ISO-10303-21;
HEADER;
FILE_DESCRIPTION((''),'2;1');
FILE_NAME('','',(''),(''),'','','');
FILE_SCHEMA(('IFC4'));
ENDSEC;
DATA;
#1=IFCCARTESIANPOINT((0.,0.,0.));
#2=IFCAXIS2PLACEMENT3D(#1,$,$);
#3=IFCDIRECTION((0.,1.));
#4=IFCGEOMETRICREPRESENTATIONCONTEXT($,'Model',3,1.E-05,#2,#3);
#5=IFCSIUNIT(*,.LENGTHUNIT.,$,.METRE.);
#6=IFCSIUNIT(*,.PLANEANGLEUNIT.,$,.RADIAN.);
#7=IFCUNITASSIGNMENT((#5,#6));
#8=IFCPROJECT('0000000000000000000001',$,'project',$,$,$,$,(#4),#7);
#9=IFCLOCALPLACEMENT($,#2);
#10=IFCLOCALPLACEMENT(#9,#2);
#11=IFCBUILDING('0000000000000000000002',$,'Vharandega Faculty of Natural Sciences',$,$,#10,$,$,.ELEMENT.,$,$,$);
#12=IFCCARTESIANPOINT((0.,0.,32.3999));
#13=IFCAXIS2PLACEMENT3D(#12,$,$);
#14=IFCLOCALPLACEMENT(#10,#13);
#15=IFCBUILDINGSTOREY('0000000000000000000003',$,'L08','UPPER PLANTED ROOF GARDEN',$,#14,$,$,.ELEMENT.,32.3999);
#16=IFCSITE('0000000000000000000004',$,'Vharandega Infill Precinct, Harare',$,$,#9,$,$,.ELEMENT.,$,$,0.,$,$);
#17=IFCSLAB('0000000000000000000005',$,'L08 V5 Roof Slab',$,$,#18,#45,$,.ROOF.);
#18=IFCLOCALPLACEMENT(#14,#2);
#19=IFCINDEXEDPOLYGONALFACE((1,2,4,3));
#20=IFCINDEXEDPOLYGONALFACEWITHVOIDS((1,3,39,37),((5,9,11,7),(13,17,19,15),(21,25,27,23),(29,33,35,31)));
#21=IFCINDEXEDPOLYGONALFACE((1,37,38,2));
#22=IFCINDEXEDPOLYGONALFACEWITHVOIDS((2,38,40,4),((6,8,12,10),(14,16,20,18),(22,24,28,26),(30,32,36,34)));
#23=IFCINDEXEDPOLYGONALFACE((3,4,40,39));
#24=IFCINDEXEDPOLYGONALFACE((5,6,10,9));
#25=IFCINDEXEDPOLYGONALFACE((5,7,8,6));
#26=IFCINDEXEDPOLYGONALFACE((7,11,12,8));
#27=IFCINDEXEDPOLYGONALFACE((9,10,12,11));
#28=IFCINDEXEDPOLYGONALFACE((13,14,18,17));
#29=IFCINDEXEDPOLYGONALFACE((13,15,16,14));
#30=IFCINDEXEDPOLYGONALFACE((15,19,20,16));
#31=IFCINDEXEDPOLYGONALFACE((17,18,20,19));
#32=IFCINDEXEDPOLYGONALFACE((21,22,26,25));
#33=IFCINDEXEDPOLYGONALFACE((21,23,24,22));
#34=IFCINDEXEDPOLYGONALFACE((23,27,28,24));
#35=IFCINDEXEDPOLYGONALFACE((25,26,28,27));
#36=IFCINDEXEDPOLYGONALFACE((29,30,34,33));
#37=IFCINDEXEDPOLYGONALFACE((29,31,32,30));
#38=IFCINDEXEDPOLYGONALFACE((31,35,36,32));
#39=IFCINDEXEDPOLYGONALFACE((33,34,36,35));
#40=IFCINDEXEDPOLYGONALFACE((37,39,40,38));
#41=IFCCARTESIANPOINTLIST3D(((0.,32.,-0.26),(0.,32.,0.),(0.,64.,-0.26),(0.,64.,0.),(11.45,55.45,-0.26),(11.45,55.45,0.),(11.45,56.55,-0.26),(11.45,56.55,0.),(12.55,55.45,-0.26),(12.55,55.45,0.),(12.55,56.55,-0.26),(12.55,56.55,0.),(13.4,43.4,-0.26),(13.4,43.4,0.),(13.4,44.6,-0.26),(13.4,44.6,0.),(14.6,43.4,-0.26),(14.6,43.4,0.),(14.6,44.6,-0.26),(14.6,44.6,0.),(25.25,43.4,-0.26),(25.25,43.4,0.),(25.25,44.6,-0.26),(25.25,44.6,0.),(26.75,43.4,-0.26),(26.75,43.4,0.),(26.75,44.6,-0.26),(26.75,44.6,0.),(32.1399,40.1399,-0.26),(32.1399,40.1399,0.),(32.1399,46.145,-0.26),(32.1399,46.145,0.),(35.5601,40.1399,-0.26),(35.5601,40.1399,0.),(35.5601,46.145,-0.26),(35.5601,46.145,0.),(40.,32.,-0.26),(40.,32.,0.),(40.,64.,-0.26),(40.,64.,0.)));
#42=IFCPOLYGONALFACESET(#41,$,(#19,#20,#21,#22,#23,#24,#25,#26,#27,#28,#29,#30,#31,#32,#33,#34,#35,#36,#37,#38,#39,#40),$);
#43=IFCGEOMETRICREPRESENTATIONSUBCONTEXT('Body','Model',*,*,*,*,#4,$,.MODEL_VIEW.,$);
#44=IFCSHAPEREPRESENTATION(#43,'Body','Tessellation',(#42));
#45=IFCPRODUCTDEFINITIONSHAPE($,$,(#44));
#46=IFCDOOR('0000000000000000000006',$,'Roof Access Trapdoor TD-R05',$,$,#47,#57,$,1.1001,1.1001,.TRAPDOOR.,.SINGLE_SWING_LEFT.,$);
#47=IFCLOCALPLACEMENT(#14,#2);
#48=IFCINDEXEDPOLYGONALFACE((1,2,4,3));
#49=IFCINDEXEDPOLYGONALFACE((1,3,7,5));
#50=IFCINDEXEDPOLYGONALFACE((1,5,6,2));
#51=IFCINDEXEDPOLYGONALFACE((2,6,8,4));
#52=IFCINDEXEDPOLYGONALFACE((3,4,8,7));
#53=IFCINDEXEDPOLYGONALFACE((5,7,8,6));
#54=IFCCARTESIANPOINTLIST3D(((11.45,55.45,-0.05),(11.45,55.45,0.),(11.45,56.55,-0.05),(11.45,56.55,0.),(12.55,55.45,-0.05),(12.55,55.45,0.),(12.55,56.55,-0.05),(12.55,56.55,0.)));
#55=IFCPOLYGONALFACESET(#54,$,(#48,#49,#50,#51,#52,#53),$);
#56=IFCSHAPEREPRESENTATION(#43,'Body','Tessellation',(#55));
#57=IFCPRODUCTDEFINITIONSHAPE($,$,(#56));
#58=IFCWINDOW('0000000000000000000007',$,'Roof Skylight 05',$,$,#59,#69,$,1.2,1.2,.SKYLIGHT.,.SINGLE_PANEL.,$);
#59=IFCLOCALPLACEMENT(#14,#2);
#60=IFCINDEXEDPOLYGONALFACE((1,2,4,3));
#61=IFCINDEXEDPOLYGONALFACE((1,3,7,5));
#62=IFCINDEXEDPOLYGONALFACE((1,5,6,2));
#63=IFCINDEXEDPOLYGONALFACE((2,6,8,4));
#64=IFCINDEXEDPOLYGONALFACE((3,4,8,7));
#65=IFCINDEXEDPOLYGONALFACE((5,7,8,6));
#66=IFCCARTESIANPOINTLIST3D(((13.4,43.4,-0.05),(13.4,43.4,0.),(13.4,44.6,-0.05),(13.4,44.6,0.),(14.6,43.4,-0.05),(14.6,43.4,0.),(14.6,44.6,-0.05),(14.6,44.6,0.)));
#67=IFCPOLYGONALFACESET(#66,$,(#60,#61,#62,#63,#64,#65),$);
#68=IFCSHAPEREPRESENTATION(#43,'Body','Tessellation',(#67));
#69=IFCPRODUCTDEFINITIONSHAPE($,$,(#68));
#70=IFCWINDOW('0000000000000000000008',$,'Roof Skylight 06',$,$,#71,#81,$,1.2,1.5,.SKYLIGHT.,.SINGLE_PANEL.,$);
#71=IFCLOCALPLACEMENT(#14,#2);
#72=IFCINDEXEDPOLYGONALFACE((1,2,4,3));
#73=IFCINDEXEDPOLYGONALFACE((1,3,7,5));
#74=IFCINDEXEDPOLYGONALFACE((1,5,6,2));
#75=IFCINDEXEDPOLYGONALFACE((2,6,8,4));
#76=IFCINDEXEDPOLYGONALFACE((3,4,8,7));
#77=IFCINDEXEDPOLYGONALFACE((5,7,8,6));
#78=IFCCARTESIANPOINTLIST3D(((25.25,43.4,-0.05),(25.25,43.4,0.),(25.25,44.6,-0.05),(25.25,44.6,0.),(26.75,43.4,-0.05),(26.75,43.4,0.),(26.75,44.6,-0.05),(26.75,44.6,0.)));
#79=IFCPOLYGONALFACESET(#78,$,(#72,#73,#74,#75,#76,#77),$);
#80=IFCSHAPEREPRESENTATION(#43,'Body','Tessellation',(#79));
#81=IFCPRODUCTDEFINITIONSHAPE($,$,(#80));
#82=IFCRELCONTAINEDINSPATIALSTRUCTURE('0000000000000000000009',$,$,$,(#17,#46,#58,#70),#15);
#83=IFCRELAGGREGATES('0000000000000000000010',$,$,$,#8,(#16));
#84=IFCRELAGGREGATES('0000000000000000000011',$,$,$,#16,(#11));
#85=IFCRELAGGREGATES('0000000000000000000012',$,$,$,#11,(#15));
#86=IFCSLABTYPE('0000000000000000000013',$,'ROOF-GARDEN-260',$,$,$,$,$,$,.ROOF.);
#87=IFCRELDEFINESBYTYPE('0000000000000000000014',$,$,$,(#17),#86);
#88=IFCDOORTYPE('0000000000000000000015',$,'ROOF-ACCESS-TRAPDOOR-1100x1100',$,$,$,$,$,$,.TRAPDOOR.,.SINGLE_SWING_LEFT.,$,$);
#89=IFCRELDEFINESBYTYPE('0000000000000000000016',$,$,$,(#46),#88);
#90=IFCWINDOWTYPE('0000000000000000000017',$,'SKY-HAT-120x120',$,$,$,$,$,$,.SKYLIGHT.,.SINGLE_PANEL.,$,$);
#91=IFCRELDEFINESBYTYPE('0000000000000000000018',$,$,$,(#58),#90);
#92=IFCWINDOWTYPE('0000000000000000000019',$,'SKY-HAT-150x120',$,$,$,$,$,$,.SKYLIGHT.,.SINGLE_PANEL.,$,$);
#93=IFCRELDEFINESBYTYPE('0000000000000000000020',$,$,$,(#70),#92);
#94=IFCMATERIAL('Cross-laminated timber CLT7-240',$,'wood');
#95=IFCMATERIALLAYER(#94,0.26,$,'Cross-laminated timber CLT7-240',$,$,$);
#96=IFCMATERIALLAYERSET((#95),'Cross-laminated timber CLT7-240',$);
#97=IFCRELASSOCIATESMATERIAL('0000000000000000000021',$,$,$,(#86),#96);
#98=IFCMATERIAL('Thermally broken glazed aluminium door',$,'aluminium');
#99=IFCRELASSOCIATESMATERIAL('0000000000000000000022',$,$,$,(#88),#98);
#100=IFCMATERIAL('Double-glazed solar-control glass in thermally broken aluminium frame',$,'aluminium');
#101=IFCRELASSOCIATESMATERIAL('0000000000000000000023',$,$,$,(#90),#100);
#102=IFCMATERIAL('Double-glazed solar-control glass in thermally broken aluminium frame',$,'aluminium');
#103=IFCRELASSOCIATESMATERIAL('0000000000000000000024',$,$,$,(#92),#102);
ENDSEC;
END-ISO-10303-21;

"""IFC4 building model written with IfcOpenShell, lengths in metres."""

from ifc_helpers import new_model, si_unit, direction, frame, origin, origin_2d, place, context, subcontext, project, spatial, polyline, rectangle, outline, extrude, material, layer, layer_set, type_object, element, fill, save


model = new_model("IFC4")

# Units and contexts
model_context = context("Model", 3, precision=1e-05, world=origin(), true_north=direction((0.0, 1.0)))
body_context = subcontext(model_context, "Body", "Model", "MODEL_VIEW")
ifc_project = project(units=[si_unit("LENGTHUNIT", "METRE"), si_unit("PLANEANGLEUNIT", "RADIAN")], contexts=[model_context])

# Site, building, storey
site_placement = place(None, origin())
site = spatial("IfcSite", under=ifc_project, at=site_placement, Name="Vharandega Infill Precinct, Harare", CompositionType="ELEMENT", RefElevation=0.0)
building_placement = place(site_placement, origin())
building = spatial("IfcBuilding", under=site, at=building_placement, Name="Vharandega Faculty of Natural Sciences", CompositionType="ELEMENT")
storey_placement = place(building_placement, frame((0.0, 0.0, 32.3999)))
storey = spatial("IfcBuildingStorey", under=building, at=storey_placement, Name="L08", Description="UPPER PLANTED ROOF GARDEN", CompositionType="ELEMENT", Elevation=32.3999)

# Slab, openings, door, windows
ifc_material_1 = material(Name="Cross-laminated timber CLT7-240", Category="wood")
ifc_layer_1 = layer(ifc_material_1, 0.26, Name="Cross-laminated timber CLT7-240")
ifc_layer_set_1 = layer_set([ifc_layer_1], Name="Cross-laminated timber CLT7-240")
slab_type_1 = type_object("IfcSlabType", Name="ROOF-GARDEN-260", PredefinedType="ROOF", material=ifc_layer_set_1)
slab_1_placement = place(storey_placement, frame((0.0, 0.0, -0.26)))
slab_1 = element("IfcSlab", 1, at=slab_1_placement, inside=storey, type_object=slab_type_1, Name="L08 V5 Roof Slab", PredefinedType="ROOF", context=body_context, shape_type="SweptSolid", body=[
    extrude(outline(polyline([(0.0, 32.0), (40.0, 32.0), (40.0, 64.0), (0.0, 64.0), (0.0, 32.0)]), holes=[polyline([(32.1399, 46.145), (32.1399, 40.1399), (35.5601, 40.1399), (35.5601, 46.145), (32.1399, 46.145)])]), origin(), (0.0, 0.0, 1.0), 0.26),
])
opening_1_placement = place(slab_1_placement, frame((14.0, 44.0, 0.0)))
opening_1 = element("IfcOpeningElement", 2, at=opening_1_placement, cuts=slab_1, PredefinedType="OPENING", context=body_context, shape_type="SweptSolid", body=[
    extrude(rectangle(XDim=1.2, YDim=1.2, at=origin_2d()), origin(), (0.0, 0.0, 1.0), 0.26),
])
opening_2_placement = place(slab_1_placement, frame((26.0, 44.0, 0.0)))
opening_2 = element("IfcOpeningElement", 3, at=opening_2_placement, cuts=slab_1, PredefinedType="OPENING", context=body_context, shape_type="SweptSolid", body=[
    extrude(rectangle(XDim=1.5, YDim=1.2, at=origin_2d()), origin(), (0.0, 0.0, 1.0), 0.26),
])
opening_3_placement = place(slab_1_placement, frame((12.0, 56.0, 0.0)))
opening_3 = element("IfcOpeningElement", 4, at=opening_3_placement, cuts=slab_1, PredefinedType="OPENING", context=body_context, shape_type="SweptSolid", body=[
    extrude(rectangle(XDim=1.1001, YDim=1.1001, at=origin_2d()), origin(), (0.0, 0.0, 1.0), 0.26),
])
ifc_material_2 = material(Name="Thermally broken glazed aluminium door", Category="aluminium")
door_type = type_object("IfcDoorType", Name="ROOF-ACCESS-TRAPDOOR-1100x1100", OperationType="SINGLE_SWING_LEFT", PredefinedType="TRAPDOOR", material=ifc_material_2)
door_placement = place(opening_3_placement, frame((0.0, 0.0, 0.21)))
door = element("IfcDoor", 5, at=door_placement, inside=storey, type_object=door_type, Name="Roof Access Trapdoor TD-R05", OperationType="SINGLE_SWING_LEFT", OverallHeight=1.1001, OverallWidth=1.1001, PredefinedType="TRAPDOOR", context=body_context, shape_type="SweptSolid", body=[
    extrude(rectangle(XDim=1.1001, YDim=1.1001, at=origin_2d()), origin(), (0.0, 0.0, 1.0), 0.05),
])
fill(opening_3, door)
ifc_material_3 = material(Name="Double-glazed solar-control glass in thermally broken aluminium frame", Category="aluminium")
window_type_1 = type_object("IfcWindowType", Name="SKY-HAT-120x120", PartitioningType="SINGLE_PANEL", PredefinedType="SKYLIGHT", material=ifc_material_3)
window_1_placement = place(opening_1_placement, frame((0.0, 0.0, 0.21)))
window_1 = element("IfcWindow", 6, at=window_1_placement, inside=storey, type_object=window_type_1, Name="Roof Skylight 05", OverallHeight=1.2, OverallWidth=1.2, PartitioningType="SINGLE_PANEL", PredefinedType="SKYLIGHT", context=body_context, shape_type="SweptSolid", body=[
    extrude(rectangle(XDim=1.2, YDim=1.2, at=origin_2d()), origin(), (0.0, 0.0, 1.0), 0.05),
])
fill(opening_1, window_1)
ifc_material_4 = material(Name="Double-glazed solar-control glass in thermally broken aluminium frame", Category="aluminium")
window_type_2 = type_object("IfcWindowType", Name="SKY-HAT-150x120", PartitioningType="SINGLE_PANEL", PredefinedType="SKYLIGHT", material=ifc_material_4)
window_2_placement = place(opening_2_placement, frame((0.0, 0.0, 0.21)))
window_2 = element("IfcWindow", 7, at=window_2_placement, inside=storey, type_object=window_type_2, Name="Roof Skylight 06", OverallHeight=1.2, OverallWidth=1.5, PartitioningType="SINGLE_PANEL", PredefinedType="SKYLIGHT", context=body_context, shape_type="SweptSolid", body=[
    extrude(rectangle(XDim=1.5, YDim=1.2, at=origin_2d()), origin(), (0.0, 0.0, 1.0), 0.05),
])
fill(opening_2, window_2)

save(model, "model.ifc")
